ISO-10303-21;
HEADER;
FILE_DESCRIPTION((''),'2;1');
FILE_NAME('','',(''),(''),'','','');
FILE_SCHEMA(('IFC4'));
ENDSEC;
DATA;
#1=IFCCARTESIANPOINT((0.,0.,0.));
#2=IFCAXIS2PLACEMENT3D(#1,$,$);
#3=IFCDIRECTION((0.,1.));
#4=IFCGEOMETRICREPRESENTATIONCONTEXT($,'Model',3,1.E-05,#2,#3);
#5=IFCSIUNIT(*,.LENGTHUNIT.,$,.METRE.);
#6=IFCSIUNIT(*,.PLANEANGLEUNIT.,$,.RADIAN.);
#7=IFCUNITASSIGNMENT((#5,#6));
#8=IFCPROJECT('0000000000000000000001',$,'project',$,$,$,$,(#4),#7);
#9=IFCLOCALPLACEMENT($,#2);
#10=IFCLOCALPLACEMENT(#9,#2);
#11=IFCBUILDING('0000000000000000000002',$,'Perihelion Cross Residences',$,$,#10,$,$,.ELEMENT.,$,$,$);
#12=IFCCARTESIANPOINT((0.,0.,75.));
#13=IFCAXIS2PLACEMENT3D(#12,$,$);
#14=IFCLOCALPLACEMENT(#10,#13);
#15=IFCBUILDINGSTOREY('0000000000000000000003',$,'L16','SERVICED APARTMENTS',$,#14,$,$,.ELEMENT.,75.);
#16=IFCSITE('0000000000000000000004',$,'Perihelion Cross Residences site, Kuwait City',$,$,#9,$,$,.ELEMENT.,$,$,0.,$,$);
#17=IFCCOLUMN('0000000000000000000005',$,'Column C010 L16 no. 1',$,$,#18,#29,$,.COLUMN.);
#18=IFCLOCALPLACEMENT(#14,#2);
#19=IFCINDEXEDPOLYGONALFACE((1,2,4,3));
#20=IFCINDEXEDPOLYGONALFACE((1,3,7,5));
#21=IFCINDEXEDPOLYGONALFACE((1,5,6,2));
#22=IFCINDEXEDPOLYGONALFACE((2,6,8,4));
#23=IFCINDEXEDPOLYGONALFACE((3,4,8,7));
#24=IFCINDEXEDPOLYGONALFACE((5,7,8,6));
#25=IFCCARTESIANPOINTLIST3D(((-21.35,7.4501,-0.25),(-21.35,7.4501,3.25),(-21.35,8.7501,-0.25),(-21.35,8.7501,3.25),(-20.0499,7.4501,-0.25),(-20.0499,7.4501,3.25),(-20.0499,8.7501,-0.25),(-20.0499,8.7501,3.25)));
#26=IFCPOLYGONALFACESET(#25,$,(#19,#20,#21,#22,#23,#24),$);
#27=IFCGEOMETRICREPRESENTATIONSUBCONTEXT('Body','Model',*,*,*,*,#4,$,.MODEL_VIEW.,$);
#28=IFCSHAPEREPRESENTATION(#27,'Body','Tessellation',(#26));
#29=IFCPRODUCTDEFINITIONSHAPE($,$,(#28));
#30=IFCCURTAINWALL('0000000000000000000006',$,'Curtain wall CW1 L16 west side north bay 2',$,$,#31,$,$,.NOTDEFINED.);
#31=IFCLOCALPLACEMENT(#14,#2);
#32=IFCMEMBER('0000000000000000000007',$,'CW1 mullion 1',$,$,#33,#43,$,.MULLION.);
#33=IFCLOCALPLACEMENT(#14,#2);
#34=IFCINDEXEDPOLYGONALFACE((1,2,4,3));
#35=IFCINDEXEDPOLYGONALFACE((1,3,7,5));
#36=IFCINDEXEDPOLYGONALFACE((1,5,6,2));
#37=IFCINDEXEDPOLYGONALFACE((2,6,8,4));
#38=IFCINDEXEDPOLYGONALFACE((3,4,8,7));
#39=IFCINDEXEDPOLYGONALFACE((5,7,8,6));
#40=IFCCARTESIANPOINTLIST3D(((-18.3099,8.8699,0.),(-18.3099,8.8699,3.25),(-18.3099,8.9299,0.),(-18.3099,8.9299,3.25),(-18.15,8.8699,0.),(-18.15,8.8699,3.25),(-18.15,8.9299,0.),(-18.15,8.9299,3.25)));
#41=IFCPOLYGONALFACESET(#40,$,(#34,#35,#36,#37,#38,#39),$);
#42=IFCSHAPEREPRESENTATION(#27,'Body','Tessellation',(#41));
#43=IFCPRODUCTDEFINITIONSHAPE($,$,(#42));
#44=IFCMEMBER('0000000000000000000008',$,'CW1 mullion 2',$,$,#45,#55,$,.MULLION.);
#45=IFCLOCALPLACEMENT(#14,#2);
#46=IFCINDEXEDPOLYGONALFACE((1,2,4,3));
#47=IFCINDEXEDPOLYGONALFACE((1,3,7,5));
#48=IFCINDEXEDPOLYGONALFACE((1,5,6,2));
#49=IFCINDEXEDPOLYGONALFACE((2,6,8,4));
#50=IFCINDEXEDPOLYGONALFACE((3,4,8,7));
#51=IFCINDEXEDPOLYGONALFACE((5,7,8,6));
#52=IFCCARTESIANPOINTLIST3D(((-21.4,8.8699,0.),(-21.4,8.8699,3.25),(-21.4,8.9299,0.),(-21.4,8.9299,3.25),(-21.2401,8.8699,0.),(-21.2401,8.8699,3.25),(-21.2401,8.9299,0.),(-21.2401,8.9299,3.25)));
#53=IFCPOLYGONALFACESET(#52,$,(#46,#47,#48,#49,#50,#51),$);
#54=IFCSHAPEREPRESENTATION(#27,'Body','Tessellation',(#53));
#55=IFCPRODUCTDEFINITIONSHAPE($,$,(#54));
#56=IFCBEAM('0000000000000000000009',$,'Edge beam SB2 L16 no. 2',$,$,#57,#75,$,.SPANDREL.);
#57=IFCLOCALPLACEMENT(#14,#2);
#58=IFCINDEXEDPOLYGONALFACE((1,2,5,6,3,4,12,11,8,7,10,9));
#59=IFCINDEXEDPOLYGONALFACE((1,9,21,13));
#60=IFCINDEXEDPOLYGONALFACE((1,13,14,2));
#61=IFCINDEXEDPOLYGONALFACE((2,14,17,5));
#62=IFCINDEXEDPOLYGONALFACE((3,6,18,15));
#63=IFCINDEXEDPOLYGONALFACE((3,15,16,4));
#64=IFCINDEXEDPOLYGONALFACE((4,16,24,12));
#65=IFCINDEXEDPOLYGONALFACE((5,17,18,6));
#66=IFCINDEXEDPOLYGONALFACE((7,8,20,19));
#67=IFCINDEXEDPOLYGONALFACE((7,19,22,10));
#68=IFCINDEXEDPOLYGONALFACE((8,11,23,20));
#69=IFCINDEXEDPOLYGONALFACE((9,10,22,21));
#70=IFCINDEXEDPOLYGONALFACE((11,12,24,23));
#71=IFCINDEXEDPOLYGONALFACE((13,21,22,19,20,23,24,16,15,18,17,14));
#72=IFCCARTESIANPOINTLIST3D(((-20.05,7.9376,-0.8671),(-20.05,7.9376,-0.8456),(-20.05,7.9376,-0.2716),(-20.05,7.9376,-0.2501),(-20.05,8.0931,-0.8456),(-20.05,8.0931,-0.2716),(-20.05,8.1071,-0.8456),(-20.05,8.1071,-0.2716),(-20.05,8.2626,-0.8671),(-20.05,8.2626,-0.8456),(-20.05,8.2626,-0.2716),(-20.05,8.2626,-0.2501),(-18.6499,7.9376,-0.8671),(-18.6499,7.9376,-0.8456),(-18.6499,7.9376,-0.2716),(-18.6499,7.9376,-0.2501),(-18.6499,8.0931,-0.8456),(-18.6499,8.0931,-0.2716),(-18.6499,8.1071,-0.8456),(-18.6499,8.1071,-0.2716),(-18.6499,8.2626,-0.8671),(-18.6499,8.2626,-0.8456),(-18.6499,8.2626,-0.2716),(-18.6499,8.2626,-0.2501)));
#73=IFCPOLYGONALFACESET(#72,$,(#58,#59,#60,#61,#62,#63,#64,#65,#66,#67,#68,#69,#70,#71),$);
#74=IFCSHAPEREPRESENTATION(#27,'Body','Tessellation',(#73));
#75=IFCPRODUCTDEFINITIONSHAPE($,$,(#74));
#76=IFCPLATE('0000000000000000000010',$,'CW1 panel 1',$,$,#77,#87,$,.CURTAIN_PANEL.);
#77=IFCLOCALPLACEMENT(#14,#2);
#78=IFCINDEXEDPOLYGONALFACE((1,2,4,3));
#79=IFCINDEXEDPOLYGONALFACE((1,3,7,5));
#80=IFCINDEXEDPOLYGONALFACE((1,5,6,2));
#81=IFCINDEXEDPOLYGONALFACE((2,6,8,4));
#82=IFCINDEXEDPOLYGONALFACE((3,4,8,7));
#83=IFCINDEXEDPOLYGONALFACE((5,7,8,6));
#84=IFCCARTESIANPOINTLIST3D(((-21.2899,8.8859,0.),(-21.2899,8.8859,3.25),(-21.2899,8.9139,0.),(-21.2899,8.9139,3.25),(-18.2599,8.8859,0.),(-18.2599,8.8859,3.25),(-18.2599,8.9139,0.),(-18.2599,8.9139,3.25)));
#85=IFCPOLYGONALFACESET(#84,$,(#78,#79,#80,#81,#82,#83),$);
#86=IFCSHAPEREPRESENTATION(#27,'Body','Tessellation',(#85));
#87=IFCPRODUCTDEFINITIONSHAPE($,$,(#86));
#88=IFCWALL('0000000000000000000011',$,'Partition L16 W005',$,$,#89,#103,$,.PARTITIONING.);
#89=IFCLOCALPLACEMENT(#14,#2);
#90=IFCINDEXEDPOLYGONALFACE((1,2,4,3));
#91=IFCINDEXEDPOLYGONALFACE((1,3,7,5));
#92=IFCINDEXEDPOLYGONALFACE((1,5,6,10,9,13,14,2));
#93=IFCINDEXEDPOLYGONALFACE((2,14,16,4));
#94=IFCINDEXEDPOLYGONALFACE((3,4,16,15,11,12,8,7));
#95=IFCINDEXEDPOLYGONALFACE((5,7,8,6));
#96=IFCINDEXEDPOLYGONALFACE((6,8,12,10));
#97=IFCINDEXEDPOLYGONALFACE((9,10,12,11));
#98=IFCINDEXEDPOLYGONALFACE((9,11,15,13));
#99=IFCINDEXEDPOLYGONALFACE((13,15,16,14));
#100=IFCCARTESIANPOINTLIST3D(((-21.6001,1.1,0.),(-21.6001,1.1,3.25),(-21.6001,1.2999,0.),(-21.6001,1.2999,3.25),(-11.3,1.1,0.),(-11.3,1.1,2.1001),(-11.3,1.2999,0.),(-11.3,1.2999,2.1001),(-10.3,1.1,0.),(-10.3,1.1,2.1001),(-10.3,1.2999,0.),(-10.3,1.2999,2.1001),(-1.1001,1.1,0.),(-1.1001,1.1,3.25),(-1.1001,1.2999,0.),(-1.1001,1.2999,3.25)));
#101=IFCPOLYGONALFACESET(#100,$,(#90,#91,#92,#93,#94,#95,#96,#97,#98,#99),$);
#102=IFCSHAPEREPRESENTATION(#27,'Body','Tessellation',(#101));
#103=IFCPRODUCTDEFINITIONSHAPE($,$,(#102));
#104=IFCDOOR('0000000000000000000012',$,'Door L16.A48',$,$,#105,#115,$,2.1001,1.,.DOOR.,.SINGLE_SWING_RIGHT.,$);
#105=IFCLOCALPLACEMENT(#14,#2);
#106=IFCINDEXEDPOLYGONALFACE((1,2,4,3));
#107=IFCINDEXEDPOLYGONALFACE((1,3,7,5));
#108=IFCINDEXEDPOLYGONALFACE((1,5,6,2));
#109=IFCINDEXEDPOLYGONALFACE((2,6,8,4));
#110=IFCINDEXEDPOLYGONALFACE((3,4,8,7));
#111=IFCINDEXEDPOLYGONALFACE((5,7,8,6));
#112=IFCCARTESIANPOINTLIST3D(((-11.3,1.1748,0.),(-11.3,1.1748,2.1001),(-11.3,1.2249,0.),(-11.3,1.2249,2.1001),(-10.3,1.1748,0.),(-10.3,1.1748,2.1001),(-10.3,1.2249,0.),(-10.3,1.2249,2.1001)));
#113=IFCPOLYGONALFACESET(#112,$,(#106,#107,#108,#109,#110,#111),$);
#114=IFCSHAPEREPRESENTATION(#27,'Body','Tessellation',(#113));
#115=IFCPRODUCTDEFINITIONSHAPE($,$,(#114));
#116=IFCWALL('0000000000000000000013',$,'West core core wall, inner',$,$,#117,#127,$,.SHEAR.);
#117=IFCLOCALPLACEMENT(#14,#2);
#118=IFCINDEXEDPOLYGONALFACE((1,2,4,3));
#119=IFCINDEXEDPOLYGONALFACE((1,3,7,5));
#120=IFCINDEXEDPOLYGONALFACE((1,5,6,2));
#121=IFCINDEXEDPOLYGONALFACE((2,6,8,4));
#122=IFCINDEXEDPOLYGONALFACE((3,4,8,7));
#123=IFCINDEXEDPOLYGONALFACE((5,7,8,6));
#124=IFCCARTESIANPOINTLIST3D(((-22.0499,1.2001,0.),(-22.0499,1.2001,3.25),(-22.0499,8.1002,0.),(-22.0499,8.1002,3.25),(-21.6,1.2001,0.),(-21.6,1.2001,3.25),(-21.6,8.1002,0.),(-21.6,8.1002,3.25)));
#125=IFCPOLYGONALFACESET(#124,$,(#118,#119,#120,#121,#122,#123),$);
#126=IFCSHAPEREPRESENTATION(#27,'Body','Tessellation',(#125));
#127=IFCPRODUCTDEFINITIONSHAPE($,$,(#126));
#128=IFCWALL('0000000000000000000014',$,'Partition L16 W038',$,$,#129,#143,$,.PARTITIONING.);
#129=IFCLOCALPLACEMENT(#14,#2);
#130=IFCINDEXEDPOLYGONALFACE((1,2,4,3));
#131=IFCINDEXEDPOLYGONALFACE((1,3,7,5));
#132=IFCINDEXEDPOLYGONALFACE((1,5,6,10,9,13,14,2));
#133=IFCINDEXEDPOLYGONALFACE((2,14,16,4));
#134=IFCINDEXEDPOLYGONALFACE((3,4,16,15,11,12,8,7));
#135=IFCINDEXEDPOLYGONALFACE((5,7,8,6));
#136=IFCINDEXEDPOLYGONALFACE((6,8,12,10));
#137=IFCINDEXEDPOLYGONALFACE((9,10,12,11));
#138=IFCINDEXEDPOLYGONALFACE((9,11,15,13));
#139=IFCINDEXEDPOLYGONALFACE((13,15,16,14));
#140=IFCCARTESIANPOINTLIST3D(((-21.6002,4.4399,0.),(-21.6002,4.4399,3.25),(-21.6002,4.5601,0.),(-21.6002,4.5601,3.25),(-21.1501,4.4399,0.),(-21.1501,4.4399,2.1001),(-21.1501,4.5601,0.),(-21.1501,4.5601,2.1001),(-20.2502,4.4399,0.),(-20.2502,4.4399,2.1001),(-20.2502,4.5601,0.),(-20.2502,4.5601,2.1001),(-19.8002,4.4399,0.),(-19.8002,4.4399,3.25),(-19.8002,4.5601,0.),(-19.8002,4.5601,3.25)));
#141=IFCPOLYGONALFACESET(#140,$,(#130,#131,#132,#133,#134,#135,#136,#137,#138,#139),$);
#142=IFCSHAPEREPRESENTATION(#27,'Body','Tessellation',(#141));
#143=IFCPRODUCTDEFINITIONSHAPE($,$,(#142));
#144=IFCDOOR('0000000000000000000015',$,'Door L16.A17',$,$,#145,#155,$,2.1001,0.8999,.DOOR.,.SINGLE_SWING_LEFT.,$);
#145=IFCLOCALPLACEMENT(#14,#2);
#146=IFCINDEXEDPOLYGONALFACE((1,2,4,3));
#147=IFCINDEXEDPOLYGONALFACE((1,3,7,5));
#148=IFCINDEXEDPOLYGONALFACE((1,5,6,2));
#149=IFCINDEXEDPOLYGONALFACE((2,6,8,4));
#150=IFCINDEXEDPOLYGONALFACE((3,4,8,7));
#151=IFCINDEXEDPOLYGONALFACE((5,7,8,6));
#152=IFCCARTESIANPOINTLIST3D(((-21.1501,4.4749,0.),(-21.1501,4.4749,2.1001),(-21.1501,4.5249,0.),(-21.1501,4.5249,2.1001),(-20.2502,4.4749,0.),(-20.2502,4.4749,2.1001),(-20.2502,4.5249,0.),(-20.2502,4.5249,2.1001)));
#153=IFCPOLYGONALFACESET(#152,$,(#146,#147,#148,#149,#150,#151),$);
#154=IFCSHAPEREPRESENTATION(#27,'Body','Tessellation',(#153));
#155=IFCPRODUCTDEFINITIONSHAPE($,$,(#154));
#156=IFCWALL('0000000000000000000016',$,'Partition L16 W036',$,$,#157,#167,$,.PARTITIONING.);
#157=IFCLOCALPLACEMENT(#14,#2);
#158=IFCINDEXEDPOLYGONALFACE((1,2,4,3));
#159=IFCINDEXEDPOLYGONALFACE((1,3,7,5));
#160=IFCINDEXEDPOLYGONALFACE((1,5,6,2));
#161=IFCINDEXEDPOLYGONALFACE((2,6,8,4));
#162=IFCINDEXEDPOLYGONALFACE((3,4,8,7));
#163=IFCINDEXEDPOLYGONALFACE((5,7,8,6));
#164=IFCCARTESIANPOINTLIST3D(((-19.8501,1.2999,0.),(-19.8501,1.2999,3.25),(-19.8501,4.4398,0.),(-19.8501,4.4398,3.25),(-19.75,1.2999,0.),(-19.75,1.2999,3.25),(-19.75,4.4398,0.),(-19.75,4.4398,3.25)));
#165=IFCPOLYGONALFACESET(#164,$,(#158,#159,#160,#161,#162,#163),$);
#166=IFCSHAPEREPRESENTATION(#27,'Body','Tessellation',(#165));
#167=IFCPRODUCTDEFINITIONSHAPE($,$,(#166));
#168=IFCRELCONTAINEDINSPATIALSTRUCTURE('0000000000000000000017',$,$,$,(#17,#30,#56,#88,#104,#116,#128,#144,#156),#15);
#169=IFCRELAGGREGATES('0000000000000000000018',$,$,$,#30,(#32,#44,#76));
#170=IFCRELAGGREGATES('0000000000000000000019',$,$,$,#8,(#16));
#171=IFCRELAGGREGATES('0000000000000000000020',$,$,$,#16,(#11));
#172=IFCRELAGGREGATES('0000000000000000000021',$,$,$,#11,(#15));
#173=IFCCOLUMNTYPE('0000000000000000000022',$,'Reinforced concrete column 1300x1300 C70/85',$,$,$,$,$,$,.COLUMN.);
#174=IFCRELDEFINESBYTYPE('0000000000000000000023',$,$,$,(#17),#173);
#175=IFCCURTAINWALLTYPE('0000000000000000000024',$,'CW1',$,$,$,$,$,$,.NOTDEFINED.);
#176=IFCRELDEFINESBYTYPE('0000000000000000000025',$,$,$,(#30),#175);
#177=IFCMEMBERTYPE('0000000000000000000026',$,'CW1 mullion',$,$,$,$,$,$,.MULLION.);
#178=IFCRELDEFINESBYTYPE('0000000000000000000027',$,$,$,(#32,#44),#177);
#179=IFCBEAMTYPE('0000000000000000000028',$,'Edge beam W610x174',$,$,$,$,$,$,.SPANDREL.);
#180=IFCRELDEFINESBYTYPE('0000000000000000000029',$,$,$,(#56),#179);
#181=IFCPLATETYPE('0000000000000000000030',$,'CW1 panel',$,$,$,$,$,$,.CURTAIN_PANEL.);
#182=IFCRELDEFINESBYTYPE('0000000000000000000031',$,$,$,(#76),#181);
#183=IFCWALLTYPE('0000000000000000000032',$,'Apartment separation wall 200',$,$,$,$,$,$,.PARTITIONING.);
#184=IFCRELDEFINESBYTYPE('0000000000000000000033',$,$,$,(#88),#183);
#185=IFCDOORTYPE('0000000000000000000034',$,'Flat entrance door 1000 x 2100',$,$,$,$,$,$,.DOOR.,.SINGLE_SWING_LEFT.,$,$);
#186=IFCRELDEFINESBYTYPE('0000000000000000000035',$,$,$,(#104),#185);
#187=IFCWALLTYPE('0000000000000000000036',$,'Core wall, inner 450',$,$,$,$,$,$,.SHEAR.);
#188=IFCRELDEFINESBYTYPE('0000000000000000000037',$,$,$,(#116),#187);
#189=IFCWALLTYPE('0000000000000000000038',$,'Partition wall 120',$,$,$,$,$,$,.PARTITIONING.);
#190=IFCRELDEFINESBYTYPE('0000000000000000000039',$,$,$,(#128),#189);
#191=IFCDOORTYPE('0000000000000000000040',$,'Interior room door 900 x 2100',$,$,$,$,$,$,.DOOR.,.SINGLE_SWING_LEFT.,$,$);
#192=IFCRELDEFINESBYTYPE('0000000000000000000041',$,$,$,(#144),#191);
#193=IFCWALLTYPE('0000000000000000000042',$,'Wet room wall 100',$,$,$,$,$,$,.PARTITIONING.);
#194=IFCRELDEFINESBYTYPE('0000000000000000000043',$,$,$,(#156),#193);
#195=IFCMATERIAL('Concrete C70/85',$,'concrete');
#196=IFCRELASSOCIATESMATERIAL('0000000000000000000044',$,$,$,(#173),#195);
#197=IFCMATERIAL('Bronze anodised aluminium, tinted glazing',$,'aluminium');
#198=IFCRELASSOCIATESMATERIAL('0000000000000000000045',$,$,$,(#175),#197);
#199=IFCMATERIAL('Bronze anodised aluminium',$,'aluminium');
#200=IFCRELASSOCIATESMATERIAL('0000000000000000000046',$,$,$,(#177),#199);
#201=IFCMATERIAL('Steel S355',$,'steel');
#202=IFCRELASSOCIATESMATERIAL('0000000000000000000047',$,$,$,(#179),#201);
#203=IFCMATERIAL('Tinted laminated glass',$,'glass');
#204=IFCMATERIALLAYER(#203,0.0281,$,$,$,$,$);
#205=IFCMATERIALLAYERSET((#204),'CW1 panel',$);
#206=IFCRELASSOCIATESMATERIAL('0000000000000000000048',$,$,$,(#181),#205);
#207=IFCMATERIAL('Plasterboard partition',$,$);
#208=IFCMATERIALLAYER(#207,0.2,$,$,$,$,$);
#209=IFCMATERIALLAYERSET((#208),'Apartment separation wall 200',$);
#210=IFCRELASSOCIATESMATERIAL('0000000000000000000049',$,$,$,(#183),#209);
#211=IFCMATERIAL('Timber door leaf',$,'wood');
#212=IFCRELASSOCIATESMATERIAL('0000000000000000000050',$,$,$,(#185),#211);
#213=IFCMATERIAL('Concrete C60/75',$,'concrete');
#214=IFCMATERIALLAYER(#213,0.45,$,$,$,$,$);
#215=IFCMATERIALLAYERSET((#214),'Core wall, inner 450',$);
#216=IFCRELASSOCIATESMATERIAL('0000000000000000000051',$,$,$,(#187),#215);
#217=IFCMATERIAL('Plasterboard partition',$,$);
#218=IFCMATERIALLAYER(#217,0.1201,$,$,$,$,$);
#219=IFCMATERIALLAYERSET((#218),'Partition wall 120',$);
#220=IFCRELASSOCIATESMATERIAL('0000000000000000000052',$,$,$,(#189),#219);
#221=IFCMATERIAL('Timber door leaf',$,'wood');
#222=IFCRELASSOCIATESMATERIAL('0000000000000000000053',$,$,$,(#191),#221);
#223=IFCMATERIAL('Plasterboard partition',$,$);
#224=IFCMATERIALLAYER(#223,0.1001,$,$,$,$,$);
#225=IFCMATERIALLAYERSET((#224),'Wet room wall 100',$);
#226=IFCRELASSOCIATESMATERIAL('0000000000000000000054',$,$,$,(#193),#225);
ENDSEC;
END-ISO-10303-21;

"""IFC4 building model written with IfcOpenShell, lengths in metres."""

from ifc_helpers import new_model, si_unit, direction, frame, frame_2d, origin, origin_2d, place, context, subcontext, project, spatial, rectangle, i_section, extrude, material, layer, layer_set, material_profile, profile_set, type_object, element, fill, aggregate, save


model = new_model("IFC4")

# Units and contexts
model_context = context("Model", 3, precision=1e-05, world=origin(), true_north=direction((0.0, 1.0)))
body_context = subcontext(model_context, "Body", "Model", "MODEL_VIEW")
ifc_project = project(units=[si_unit("LENGTHUNIT", "METRE"), si_unit("PLANEANGLEUNIT", "RADIAN")], contexts=[model_context])

# Site, building, storey
site_placement = place(None, origin())
site = spatial("IfcSite", under=ifc_project, at=site_placement, Name="Perihelion Cross Residences site, Kuwait City", CompositionType="ELEMENT", RefElevation=0.0)
building_placement = place(site_placement, origin())
building = spatial("IfcBuilding", under=site, at=building_placement, Name="Perihelion Cross Residences", CompositionType="ELEMENT")
storey_placement = place(building_placement, frame((0.0, 0.0, 75.0)))
storey = spatial("IfcBuildingStorey", under=building, at=storey_placement, Name="L16", Description="SERVICED APARTMENTS", CompositionType="ELEMENT", Elevation=75.0)

# Column
ifc_material_1 = material(Name="Concrete C70/85", Category="concrete")
ifc_material_profile_1 = material_profile(ifc_material_1, rectangle(XDim=1.3, YDim=1.3, at=origin_2d()), Name="RC 1300x1300")
ifc_profile_set_1 = profile_set([ifc_material_profile_1], Name="Concrete C70/85")
column_type = type_object("IfcColumnType", Name="Reinforced concrete column 1300x1300 C70/85", PredefinedType="COLUMN", material=ifc_profile_set_1)
column_placement = place(storey_placement, frame((-20.7, 8.1001, -0.25), z_axis=(0.0, 0.0, 1.0), x_axis=(1.0, 0.0, 0.0)))
element("IfcColumn", 1, at=column_placement, inside=storey, type_object=column_type, Name="Column C010 L16 no. 1", PredefinedType="COLUMN", context=body_context, shape_type="SweptSolid", body=[
    extrude(rectangle(XDim=1.3, YDim=1.3, at=origin_2d()), origin(), (0.0, 0.0, 1.0), 3.5),
])

# Curtain wall, members
ifc_material_2 = material(Name="Bronze anodised aluminium, tinted glazing", Category="aluminium")
curtain_wall_type = type_object("IfcCurtainWallType", Name="CW1", PredefinedType="NOTDEFINED", material=ifc_material_2)
curtain_wall_placement = place(storey_placement, origin())
curtain_wall = element("IfcCurtainWall", 2, at=curtain_wall_placement, inside=storey, type_object=curtain_wall_type, Name="Curtain wall CW1 L16 west side north bay 2", PredefinedType="NOTDEFINED")
ifc_material_3 = material(Name="Bronze anodised aluminium", Category="aluminium")
ifc_material_profile_2 = material_profile(ifc_material_3, rectangle(XDim=0.0601, YDim=0.1599, at=origin_2d()), Name="CW1 mullion")
ifc_profile_set_2 = profile_set([ifc_material_profile_2], Name="Bronze anodised aluminium")
member_type = type_object("IfcMemberType", Name="CW1 mullion", PredefinedType="MULLION", material=ifc_profile_set_2)
member_1_placement = place(storey_placement, frame((-18.23, 8.8999, 0.0), z_axis=(0.0, 0.0, 1.0), x_axis=(0.0, -1.0, 0.0)))
member_1 = element("IfcMember", 3, at=member_1_placement, type_object=member_type, Name="CW1 mullion 1", PredefinedType="MULLION", context=body_context, shape_type="SweptSolid", body=[
    extrude(rectangle(XDim=0.0601, YDim=0.1599, at=origin_2d()), origin(), (0.0, 0.0, 1.0), 3.25),
])
member_2_placement = place(storey_placement, frame((-21.3201, 8.8999, 0.0), z_axis=(0.0, 0.0, 1.0), x_axis=(0.0, -1.0, 0.0)))
member_2 = element("IfcMember", 4, at=member_2_placement, type_object=member_type, Name="CW1 mullion 2", PredefinedType="MULLION", context=body_context, shape_type="SweptSolid", body=[
    extrude(rectangle(XDim=0.0601, YDim=0.1599, at=origin_2d()), origin(), (0.0, 0.0, 1.0), 3.25),
])

# Beam
ifc_material_4 = material(Name="Steel S355", Category="steel")
ifc_material_profile_3 = material_profile(ifc_material_4, i_section(OverallWidth=0.325, OverallDepth=0.6169, WebThickness=0.0139, FlangeThickness=0.0215, at=origin_2d()), Name="W610x174")
ifc_profile_set_3 = profile_set([ifc_material_profile_3], Name="Steel S355")
beam_type = type_object("IfcBeamType", Name="Edge beam W610x174", PredefinedType="SPANDREL", material=ifc_profile_set_3)
beam_placement = place(storey_placement, frame((-18.6499, 8.1001, -0.5586), z_axis=(-1.0, 0.0, 0.0), x_axis=(0.0, -1.0, 0.0)))
element("IfcBeam", 5, at=beam_placement, inside=storey, type_object=beam_type, Name="Edge beam SB2 L16 no. 2", PredefinedType="SPANDREL", context=body_context, shape_type="SweptSolid", body=[
    extrude(i_section(OverallWidth=0.325, OverallDepth=0.6169, WebThickness=0.0139, FlangeThickness=0.0215, at=origin_2d()), origin(), (0.0, 0.0, 1.0), 1.4001),
])

# Plate
ifc_material_5 = material(Name="Tinted laminated glass", Category="glass")
ifc_layer_1 = layer(ifc_material_5, 0.0281)
ifc_layer_set_1 = layer_set([ifc_layer_1], Name="CW1 panel")
plate_type = type_object("IfcPlateType", Name="CW1 panel", PredefinedType="CURTAIN_PANEL", material=ifc_layer_set_1)
plate_placement = place(storey_placement, frame((-19.7749, 8.8999, 0.0), z_axis=(0.0, 0.0, 1.0), x_axis=(-1.0, 0.0, 0.0)))
plate = element("IfcPlate", 6, at=plate_placement, type_object=plate_type, Name="CW1 panel 1", PredefinedType="CURTAIN_PANEL", context=body_context, shape_type="SweptSolid", body=[
    extrude(rectangle(XDim=3.03, YDim=0.0281, at=origin_2d()), origin(), (0.0, 0.0, 1.0), 3.25),
])
aggregate(curtain_wall, [member_1, member_2, plate])

# Wall, opening, door
ifc_material_6 = material(Name="Plasterboard partition")
ifc_layer_2 = layer(ifc_material_6, 0.2)
ifc_layer_set_2 = layer_set([ifc_layer_2], Name="Apartment separation wall 200")
wall_type_1 = type_object("IfcWallType", Name="Apartment separation wall 200", PredefinedType="PARTITIONING", material=ifc_layer_set_2)
wall_1_placement = place(storey_placement, frame((-21.6001, 1.2, 0.0), z_axis=(0.0, 0.0, 1.0), x_axis=(1.0, 0.0, 0.0)))
wall_1 = element("IfcWall", 7, at=wall_1_placement, inside=storey, type_object=wall_type_1, Name="Partition L16 W005", PredefinedType="PARTITIONING", context=body_context, shape_type="SweptSolid", body=[
    extrude(rectangle(XDim=20.5, YDim=0.2, at=frame_2d((10.25, 0.0))), origin(), (0.0, 0.0, 1.0), 3.25),
])
opening_1_placement = place(wall_1_placement, frame((10.3, 0.0, 0.0)))
opening_1 = element("IfcOpeningElement", 8, at=opening_1_placement, cuts=wall_1, PredefinedType="OPENING", context=body_context, shape_type="SweptSolid", body=[
    extrude(rectangle(XDim=1.0, YDim=2.1001, at=frame_2d((0.5, 1.05))), frame((0.0, 0.1099, 0.0), z_axis=(0.0, -1.0, 0.0), x_axis=(1.0, 0.0, 0.0)), (0.0, 0.0, 1.0), 0.22),
])
ifc_material_7 = material(Name="Timber door leaf", Category="wood")
door_type_1 = type_object("IfcDoorType", Name="Flat entrance door 1000 x 2100", OperationType="SINGLE_SWING_LEFT", PredefinedType="DOOR", material=ifc_material_7)
door_1_placement = place(opening_1_placement, origin())
door_1 = element("IfcDoor", 9, at=door_1_placement, inside=storey, type_object=door_type_1, Name="Door L16.A48", OperationType="SINGLE_SWING_RIGHT", OverallHeight=2.1001, OverallWidth=1.0, PredefinedType="DOOR", context=body_context, shape_type="SweptSolid", body=[
    extrude(rectangle(XDim=1.0, YDim=2.1001, at=frame_2d((0.5, 1.05))), frame((0.0, 0.0249, 0.0), z_axis=(0.0, -1.0, 0.0), x_axis=(1.0, 0.0, 0.0)), (0.0, 0.0, 1.0), 0.05),
])
fill(opening_1, door_1)

# Wall
ifc_material_8 = material(Name="Concrete C60/75", Category="concrete")
ifc_layer_3 = layer(ifc_material_8, 0.45)
ifc_layer_set_3 = layer_set([ifc_layer_3], Name="Core wall, inner 450")
wall_type_2 = type_object("IfcWallType", Name="Core wall, inner 450", PredefinedType="SHEAR", material=ifc_layer_set_3)
wall_2_placement = place(storey_placement, frame((-21.825, 1.2, 0.0), z_axis=(0.0, 0.0, 1.0), x_axis=(0.0, 1.0, 0.0)))
element("IfcWall", 10, at=wall_2_placement, inside=storey, type_object=wall_type_2, Name="West core core wall, inner", PredefinedType="SHEAR", context=body_context, shape_type="SweptSolid", body=[
    extrude(rectangle(XDim=6.9001, YDim=0.45, at=frame_2d((3.4502, 0.0))), origin(), (0.0, 0.0, 1.0), 3.25),
])

# Wall, opening, door
ifc_material_9 = material(Name="Plasterboard partition")
ifc_layer_4 = layer(ifc_material_9, 0.1201)
ifc_layer_set_4 = layer_set([ifc_layer_4], Name="Partition wall 120")
wall_type_3 = type_object("IfcWallType", Name="Partition wall 120", PredefinedType="PARTITIONING", material=ifc_layer_set_4)
wall_3_placement = place(storey_placement, frame((-21.6001, 4.5, 0.0), z_axis=(0.0, 0.0, 1.0), x_axis=(1.0, 0.0, 0.0)))
wall_3 = element("IfcWall", 11, at=wall_3_placement, inside=storey, type_object=wall_type_3, Name="Partition L16 W038", PredefinedType="PARTITIONING", context=body_context, shape_type="SweptSolid", body=[
    extrude(rectangle(XDim=1.8, YDim=0.1201, at=frame_2d((0.8999, 0.0))), origin(), (0.0, 0.0, 1.0), 3.25),
])
opening_2_placement = place(wall_3_placement, frame((0.45, 0.0, 0.0)))
opening_2 = element("IfcOpeningElement", 12, at=opening_2_placement, cuts=wall_3, PredefinedType="OPENING", context=body_context, shape_type="SweptSolid", body=[
    extrude(rectangle(XDim=0.8999, YDim=2.1001, at=frame_2d((0.45, 1.05))), frame((0.0, 0.0701, 0.0), z_axis=(0.0, -1.0, 0.0), x_axis=(1.0, 0.0, 0.0)), (0.0, 0.0, 1.0), 0.1401),
])
ifc_material_10 = material(Name="Timber door leaf", Category="wood")
door_type_2 = type_object("IfcDoorType", Name="Interior room door 900 x 2100", OperationType="SINGLE_SWING_LEFT", PredefinedType="DOOR", material=ifc_material_10)
door_2_placement = place(opening_2_placement, origin())
door_2 = element("IfcDoor", 13, at=door_2_placement, inside=storey, type_object=door_type_2, Name="Door L16.A17", OperationType="SINGLE_SWING_LEFT", OverallHeight=2.1001, OverallWidth=0.8999, PredefinedType="DOOR", context=body_context, shape_type="SweptSolid", body=[
    extrude(rectangle(XDim=0.8999, YDim=2.1001, at=frame_2d((0.45, 1.05))), frame((0.0, 0.0249, 0.0), z_axis=(0.0, -1.0, 0.0), x_axis=(1.0, 0.0, 0.0)), (0.0, 0.0, 1.0), 0.05),
])
fill(opening_2, door_2)

# Wall
ifc_material_11 = material(Name="Plasterboard partition")
ifc_layer_5 = layer(ifc_material_11, 0.1001)
ifc_layer_set_5 = layer_set([ifc_layer_5], Name="Wet room wall 100")
wall_type_4 = type_object("IfcWallType", Name="Wet room wall 100", PredefinedType="PARTITIONING", material=ifc_layer_set_5)
wall_4_placement = place(storey_placement, frame((-19.8, 1.3, 0.0), z_axis=(0.0, 0.0, 1.0), x_axis=(0.0, 1.0, 0.0)))
element("IfcWall", 14, at=wall_4_placement, inside=storey, type_object=wall_type_4, Name="Partition L16 W036", PredefinedType="PARTITIONING", context=body_context, shape_type="SweptSolid", body=[
    extrude(rectangle(XDim=3.1399, YDim=0.1001, at=frame_2d((1.5698, 0.0))), origin(), (0.0, 0.0, 1.0), 3.25),
])

save(model, "model.ifc")
